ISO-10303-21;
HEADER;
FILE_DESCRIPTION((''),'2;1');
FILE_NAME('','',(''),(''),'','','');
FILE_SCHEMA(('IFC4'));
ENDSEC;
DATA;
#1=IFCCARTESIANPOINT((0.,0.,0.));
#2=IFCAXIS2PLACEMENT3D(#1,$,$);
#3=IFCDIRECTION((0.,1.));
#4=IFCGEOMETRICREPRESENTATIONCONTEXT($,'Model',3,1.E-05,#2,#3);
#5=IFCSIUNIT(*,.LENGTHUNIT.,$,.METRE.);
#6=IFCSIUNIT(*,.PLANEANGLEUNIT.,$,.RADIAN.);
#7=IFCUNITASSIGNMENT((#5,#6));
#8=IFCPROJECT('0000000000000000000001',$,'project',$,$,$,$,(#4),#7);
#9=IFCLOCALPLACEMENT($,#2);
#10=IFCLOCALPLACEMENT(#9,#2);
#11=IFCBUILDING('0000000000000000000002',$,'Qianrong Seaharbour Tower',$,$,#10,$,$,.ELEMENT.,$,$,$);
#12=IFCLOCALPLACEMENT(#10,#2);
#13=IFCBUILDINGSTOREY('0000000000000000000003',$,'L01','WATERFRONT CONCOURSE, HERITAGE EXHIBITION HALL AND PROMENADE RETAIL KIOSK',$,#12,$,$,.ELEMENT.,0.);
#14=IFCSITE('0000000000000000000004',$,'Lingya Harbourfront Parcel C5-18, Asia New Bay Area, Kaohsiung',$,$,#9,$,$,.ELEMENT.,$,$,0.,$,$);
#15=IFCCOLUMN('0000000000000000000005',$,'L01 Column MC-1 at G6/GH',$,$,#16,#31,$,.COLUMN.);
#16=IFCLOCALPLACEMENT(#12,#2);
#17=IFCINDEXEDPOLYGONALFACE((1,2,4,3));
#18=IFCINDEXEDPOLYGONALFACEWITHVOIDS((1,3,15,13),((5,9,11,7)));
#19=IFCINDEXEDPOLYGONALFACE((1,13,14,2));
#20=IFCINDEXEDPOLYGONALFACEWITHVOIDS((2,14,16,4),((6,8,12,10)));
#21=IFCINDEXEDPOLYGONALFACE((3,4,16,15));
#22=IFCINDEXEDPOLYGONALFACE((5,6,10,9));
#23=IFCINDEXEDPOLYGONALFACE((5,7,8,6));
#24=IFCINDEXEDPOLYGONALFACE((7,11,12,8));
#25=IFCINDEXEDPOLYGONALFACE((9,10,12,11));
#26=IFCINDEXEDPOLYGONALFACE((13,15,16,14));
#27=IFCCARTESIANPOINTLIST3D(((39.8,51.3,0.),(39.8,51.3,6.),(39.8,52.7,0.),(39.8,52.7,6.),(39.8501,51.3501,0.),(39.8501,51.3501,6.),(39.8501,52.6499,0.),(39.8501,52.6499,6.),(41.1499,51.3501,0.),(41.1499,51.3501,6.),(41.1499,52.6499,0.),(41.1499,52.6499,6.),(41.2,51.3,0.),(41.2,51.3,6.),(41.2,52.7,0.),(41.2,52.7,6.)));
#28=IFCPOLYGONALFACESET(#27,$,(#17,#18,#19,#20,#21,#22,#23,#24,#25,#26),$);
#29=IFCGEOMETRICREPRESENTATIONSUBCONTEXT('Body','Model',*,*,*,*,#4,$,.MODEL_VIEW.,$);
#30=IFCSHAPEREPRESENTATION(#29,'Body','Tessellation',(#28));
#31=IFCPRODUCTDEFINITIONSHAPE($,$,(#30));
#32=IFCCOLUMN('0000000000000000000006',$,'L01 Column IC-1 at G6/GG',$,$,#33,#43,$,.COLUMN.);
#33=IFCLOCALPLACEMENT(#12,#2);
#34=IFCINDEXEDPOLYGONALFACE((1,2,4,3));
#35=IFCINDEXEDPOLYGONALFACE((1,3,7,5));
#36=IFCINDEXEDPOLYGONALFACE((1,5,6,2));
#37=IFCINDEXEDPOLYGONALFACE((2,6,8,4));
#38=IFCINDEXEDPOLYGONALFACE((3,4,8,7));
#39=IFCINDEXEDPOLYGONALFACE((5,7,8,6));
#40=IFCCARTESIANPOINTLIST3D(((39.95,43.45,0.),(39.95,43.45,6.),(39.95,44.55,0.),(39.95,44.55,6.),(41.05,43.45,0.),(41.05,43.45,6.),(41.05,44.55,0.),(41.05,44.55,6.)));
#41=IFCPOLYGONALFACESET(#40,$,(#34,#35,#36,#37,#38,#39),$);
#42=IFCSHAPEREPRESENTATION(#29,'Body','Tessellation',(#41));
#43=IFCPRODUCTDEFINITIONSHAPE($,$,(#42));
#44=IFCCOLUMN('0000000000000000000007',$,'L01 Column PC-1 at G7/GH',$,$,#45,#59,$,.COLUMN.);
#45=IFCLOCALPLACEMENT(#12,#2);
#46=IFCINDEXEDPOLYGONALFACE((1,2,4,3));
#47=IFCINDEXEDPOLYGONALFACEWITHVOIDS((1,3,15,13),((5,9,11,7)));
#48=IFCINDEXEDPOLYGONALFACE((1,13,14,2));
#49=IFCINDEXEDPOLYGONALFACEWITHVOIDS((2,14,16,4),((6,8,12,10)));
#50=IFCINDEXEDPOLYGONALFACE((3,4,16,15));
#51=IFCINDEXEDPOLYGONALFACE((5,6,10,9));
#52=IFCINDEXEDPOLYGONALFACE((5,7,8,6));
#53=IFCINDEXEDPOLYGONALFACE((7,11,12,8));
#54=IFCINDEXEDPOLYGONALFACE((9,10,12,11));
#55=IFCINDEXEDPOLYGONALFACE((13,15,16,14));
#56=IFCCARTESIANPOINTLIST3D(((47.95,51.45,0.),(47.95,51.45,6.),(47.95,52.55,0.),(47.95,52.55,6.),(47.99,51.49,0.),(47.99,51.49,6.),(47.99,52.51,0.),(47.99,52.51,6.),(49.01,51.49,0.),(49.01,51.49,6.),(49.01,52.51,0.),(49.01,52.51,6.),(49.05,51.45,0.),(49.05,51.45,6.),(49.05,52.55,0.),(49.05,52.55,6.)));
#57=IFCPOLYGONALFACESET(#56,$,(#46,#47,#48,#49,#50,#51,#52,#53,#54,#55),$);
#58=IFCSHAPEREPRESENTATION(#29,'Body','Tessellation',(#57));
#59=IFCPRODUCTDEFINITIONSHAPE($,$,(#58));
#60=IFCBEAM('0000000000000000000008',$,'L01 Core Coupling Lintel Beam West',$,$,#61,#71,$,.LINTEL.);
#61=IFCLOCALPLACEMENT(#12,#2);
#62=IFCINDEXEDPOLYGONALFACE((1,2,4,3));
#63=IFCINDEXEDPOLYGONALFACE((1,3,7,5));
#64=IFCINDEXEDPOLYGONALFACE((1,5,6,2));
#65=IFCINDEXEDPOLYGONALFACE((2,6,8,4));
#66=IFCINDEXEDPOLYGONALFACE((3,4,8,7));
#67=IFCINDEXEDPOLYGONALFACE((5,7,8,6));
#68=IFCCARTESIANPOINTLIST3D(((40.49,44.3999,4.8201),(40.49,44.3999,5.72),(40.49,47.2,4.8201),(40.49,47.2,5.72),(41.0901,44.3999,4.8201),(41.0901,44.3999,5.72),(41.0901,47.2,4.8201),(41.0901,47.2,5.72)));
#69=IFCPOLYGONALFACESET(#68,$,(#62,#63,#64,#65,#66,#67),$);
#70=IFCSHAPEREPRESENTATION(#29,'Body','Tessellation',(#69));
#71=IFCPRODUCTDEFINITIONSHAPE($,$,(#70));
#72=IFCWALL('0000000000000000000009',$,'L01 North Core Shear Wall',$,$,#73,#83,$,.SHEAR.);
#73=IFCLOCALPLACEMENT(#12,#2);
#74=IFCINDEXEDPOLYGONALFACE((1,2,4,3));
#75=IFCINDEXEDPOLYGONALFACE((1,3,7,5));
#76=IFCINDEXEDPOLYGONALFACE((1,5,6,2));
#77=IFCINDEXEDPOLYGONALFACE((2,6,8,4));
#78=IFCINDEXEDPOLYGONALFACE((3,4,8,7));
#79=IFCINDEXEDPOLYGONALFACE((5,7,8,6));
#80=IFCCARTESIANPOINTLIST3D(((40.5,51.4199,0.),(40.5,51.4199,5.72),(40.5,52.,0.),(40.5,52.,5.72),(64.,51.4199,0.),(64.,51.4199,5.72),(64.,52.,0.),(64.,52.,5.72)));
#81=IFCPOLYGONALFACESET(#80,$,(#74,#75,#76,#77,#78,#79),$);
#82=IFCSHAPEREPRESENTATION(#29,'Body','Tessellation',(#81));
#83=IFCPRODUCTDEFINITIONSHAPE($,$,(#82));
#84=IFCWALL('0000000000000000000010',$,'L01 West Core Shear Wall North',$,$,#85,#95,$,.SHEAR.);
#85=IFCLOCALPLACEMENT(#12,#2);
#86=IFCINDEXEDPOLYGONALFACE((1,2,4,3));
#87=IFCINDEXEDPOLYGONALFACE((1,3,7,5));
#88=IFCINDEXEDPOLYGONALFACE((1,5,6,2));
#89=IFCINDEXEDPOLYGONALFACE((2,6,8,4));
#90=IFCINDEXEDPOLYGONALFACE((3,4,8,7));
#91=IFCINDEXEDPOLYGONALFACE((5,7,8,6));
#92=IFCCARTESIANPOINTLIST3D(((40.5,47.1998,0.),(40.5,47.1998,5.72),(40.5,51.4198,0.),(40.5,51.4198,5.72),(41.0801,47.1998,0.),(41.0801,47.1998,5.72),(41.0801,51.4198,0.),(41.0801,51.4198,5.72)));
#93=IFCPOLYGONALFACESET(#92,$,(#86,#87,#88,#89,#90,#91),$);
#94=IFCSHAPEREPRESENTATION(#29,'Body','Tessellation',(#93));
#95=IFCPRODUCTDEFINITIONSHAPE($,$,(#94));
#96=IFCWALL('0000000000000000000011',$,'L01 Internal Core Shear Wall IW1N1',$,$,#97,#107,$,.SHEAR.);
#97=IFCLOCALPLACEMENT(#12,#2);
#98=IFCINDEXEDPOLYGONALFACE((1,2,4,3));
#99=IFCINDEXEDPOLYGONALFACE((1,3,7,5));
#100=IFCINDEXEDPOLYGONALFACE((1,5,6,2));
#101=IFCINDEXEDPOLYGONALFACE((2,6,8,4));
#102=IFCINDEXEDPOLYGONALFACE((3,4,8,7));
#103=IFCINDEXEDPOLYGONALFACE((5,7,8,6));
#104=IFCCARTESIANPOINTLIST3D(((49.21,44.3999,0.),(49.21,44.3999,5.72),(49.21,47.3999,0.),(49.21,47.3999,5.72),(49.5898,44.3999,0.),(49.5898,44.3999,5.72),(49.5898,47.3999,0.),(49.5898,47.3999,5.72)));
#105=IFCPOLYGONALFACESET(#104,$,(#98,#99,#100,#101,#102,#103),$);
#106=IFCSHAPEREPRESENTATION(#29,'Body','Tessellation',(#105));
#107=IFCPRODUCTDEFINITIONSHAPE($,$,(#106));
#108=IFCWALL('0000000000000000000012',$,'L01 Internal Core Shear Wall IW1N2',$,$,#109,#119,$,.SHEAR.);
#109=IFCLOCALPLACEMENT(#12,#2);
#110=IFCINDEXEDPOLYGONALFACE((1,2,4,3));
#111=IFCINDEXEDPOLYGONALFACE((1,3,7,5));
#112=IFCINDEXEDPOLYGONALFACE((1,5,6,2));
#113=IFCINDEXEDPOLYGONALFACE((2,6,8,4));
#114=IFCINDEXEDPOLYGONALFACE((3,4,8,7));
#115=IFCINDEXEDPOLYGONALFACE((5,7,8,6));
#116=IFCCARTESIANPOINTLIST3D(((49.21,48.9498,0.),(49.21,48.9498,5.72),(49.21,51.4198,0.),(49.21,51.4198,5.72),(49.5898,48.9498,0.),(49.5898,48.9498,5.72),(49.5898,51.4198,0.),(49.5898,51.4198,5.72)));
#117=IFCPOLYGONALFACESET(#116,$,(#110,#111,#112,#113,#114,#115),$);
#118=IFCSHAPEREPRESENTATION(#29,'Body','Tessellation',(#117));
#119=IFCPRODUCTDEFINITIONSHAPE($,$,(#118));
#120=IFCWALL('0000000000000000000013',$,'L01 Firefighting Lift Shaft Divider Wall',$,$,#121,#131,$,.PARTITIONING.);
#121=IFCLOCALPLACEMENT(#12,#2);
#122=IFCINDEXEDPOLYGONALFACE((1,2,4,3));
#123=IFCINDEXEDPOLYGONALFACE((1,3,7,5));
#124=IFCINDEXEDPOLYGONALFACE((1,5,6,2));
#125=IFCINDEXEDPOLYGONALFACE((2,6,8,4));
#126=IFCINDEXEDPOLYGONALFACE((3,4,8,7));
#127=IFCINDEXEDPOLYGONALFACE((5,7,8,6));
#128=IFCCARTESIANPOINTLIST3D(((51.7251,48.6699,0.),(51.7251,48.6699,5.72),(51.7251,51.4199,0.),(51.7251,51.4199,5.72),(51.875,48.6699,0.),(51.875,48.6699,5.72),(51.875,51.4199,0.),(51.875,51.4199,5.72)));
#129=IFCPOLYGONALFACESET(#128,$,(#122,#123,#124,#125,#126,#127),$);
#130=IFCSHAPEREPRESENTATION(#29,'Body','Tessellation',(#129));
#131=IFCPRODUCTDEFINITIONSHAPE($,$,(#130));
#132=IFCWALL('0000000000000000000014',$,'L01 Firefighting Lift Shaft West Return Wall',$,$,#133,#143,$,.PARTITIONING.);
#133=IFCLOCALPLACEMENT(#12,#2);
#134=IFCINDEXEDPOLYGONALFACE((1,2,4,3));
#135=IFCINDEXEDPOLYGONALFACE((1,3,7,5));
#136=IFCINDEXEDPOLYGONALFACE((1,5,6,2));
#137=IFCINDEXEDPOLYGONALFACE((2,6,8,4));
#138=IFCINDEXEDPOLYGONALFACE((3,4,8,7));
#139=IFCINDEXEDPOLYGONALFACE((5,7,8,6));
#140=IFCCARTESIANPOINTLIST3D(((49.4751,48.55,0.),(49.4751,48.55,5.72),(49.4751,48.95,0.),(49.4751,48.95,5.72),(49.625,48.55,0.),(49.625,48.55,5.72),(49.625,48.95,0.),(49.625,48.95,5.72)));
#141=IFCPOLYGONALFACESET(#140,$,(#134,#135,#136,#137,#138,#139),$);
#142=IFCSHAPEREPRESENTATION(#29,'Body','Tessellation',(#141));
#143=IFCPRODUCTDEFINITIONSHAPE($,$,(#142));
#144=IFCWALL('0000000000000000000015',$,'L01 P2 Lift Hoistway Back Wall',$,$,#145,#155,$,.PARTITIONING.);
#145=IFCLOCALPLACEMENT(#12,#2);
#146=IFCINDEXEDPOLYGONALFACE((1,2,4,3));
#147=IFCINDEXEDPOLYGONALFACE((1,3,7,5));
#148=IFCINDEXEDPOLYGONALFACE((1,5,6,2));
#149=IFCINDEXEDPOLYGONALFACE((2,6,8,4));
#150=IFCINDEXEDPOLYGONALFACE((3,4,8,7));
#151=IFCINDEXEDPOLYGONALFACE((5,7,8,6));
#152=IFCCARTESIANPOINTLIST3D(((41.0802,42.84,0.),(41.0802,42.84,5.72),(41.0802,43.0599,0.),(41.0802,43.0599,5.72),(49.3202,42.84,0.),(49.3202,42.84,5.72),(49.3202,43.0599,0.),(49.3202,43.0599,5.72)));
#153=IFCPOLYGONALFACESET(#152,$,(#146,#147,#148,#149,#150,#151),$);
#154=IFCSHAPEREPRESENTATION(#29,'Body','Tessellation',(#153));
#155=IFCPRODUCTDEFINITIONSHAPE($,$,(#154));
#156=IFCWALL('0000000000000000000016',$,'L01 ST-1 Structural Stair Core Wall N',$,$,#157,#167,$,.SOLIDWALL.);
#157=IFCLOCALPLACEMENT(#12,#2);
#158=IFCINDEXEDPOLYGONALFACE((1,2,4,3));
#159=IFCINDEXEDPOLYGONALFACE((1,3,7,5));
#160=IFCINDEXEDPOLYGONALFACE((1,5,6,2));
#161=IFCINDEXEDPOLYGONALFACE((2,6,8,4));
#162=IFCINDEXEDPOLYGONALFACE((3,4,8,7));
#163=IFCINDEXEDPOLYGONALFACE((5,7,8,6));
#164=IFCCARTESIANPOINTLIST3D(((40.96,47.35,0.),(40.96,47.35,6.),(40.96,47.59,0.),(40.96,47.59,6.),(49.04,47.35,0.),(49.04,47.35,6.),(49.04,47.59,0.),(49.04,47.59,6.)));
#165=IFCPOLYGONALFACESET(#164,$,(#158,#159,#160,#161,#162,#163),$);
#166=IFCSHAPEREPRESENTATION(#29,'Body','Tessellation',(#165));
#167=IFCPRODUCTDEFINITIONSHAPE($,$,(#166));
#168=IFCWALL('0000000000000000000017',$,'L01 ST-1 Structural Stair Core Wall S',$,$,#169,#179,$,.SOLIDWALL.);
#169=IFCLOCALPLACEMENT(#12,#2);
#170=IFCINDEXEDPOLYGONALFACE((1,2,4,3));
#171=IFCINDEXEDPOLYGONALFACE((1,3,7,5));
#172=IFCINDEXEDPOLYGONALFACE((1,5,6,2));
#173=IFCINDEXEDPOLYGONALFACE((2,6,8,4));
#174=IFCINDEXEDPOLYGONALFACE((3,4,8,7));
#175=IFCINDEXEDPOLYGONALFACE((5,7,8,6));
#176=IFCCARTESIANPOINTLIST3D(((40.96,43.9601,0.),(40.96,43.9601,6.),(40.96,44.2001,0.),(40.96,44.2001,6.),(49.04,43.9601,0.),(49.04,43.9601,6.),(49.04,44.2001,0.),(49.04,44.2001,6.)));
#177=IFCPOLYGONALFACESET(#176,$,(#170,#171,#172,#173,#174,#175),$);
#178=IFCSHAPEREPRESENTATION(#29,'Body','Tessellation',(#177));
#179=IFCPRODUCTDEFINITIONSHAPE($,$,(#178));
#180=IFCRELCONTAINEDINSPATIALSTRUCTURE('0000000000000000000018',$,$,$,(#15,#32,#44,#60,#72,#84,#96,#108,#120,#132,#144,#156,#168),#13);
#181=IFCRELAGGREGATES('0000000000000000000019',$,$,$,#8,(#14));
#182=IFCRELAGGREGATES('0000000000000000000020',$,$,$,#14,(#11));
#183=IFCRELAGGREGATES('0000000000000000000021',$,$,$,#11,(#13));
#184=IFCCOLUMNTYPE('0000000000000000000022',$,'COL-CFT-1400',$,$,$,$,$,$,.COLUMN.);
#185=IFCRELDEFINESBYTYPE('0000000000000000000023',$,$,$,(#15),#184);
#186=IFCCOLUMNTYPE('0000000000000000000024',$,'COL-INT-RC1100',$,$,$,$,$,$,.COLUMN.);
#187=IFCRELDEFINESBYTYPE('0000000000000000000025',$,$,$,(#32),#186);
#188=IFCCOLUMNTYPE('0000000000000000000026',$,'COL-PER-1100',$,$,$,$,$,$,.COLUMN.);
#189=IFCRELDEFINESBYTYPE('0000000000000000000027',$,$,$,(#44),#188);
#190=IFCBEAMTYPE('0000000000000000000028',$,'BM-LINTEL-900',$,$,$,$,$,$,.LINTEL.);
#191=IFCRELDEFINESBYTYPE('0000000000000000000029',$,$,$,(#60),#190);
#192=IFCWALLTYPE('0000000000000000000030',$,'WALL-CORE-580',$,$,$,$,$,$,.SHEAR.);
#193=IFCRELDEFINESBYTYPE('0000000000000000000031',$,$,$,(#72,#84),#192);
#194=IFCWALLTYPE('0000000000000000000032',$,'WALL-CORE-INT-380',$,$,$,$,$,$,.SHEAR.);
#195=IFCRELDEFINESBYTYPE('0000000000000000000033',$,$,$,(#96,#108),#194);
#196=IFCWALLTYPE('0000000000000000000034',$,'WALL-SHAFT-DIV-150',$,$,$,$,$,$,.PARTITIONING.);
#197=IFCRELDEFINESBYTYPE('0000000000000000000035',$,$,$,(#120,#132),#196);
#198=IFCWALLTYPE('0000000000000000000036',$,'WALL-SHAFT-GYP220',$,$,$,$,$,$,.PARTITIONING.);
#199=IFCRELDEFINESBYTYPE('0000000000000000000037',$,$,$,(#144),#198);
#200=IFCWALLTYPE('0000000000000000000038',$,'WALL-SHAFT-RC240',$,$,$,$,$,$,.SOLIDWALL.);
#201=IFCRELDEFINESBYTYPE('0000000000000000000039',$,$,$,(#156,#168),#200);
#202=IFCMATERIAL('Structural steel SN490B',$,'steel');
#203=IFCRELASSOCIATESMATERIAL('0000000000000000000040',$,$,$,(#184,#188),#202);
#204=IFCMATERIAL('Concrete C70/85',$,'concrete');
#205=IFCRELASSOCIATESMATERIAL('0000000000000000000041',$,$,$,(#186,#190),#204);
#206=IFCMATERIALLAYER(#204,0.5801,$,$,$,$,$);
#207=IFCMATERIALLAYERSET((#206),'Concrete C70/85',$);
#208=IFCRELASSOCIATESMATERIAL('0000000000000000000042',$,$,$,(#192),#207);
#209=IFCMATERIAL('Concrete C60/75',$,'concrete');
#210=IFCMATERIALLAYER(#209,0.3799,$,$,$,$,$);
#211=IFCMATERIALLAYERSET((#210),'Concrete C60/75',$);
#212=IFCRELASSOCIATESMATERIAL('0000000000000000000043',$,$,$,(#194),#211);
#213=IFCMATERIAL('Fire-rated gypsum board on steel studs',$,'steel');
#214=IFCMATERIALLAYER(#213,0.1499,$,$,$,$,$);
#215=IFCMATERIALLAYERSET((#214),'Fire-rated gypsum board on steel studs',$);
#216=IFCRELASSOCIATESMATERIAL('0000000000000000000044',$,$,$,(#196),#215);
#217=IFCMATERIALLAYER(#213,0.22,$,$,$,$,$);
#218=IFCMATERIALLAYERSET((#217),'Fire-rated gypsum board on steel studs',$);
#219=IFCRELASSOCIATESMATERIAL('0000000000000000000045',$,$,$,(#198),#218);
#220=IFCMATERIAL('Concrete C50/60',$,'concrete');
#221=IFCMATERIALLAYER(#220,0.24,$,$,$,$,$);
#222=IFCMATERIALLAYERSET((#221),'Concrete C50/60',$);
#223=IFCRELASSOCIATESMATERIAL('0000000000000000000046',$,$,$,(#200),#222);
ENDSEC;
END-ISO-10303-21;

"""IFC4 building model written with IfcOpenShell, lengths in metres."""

from ifc_helpers import new_model, si_unit, direction, frame, frame_2d, origin, origin_2d, place, context, subcontext, project, spatial, rectangle, hollow_rectangle, extrude, material, layer, layer_set, material_profile, profile_set, type_object, element, save


model = new_model("IFC4")

# Units and contexts
model_context = context("Model", 3, precision=1e-05, world=origin(), true_north=direction((0.0, 1.0)))
body_context = subcontext(model_context, "Body", "Model", "MODEL_VIEW")
ifc_project = project(units=[si_unit("LENGTHUNIT", "METRE"), si_unit("PLANEANGLEUNIT", "RADIAN")], contexts=[model_context])

# Site, building, storey
site_placement = place(None, origin())
site = spatial("IfcSite", under=ifc_project, at=site_placement, Name="Lingya Harbourfront Parcel C5-18, Asia New Bay Area, Kaohsiung", CompositionType="ELEMENT", RefElevation=0.0)
building_placement = place(site_placement, origin())
building = spatial("IfcBuilding", under=site, at=building_placement, Name="Qianrong Seaharbour Tower", CompositionType="ELEMENT")
storey_placement = place(building_placement, origin())
storey = spatial("IfcBuildingStorey", under=building, at=storey_placement, Name="L01", Description="WATERFRONT CONCOURSE, HERITAGE EXHIBITION HALL AND PROMENADE RETAIL KIOSK", CompositionType="ELEMENT", Elevation=0.0)

# Columns
ifc_material_1 = material(Name="Structural steel SN490B", Category="steel")
ifc_material_profile_1 = material_profile(ifc_material_1, hollow_rectangle(XDim=1.3999, YDim=1.3999, WallThickness=0.05, at=origin_2d()), Name="BOX1400x1400x50")
ifc_profile_set_1 = profile_set([ifc_material_profile_1], Name="Structural steel SN490B")
column_type_1 = type_object("IfcColumnType", Name="COL-CFT-1400", PredefinedType="COLUMN", material=ifc_profile_set_1)
column_1_placement = place(storey_placement, frame((40.5, 52.0, 0.0), z_axis=(0.0, 0.0, 1.0), x_axis=(1.0, 0.0, 0.0)))
element("IfcColumn", 1, at=column_1_placement, inside=storey, type_object=column_type_1, Name="L01 Column MC-1 at G6/GH", PredefinedType="COLUMN", context=body_context, shape_type="SweptSolid", body=[
    extrude(hollow_rectangle(XDim=1.3999, YDim=1.3999, WallThickness=0.05, at=origin_2d()), origin(), (0.0, 0.0, 1.0), 6.0),
])
ifc_material_2 = material(Name="Concrete C70/85", Category="concrete")
ifc_material_profile_2 = material_profile(ifc_material_2, rectangle(XDim=1.1001, YDim=1.1001, at=origin_2d()), Name="RC1100x1100")
ifc_profile_set_2 = profile_set([ifc_material_profile_2], Name="Concrete C70/85")
column_type_2 = type_object("IfcColumnType", Name="COL-INT-RC1100", PredefinedType="COLUMN", material=ifc_profile_set_2)
column_2_placement = place(storey_placement, frame((40.5, 44.0, 0.0), z_axis=(0.0, 0.0, 1.0), x_axis=(1.0, 0.0, 0.0)))
element("IfcColumn", 2, at=column_2_placement, inside=storey, type_object=column_type_2, Name="L01 Column IC-1 at G6/GG", PredefinedType="COLUMN", context=body_context, shape_type="SweptSolid", body=[
    extrude(rectangle(XDim=1.1001, YDim=1.1001, at=origin_2d()), origin(), (0.0, 0.0, 1.0), 6.0),
])
ifc_material_profile_3 = material_profile(ifc_material_1, hollow_rectangle(XDim=1.1001, YDim=1.1001, WallThickness=0.04, at=origin_2d()), Name="BOX1100x1100x40")
ifc_profile_set_3 = profile_set([ifc_material_profile_3], Name="Structural steel SN490B")
column_type_3 = type_object("IfcColumnType", Name="COL-PER-1100", PredefinedType="COLUMN", material=ifc_profile_set_3)
column_3_placement = place(storey_placement, frame((48.5, 52.0, 0.0), z_axis=(0.0, 0.0, 1.0), x_axis=(1.0, 0.0, 0.0)))
element("IfcColumn", 3, at=column_3_placement, inside=storey, type_object=column_type_3, Name="L01 Column PC-1 at G7/GH", PredefinedType="COLUMN", context=body_context, shape_type="SweptSolid", body=[
    extrude(hollow_rectangle(XDim=1.1001, YDim=1.1001, WallThickness=0.04, at=origin_2d()), origin(), (0.0, 0.0, 1.0), 6.0),
])

# Beam
ifc_material_profile_4 = material_profile(ifc_material_2, rectangle(XDim=0.6001, YDim=0.8999, at=origin_2d()), Name="RC600x900")
ifc_profile_set_4 = profile_set([ifc_material_profile_4], Name="Concrete C70/85")
beam_type = type_object("IfcBeamType", Name="BM-LINTEL-900", PredefinedType="LINTEL", material=ifc_profile_set_4)
beam_placement = place(storey_placement, frame((40.79, 44.3999, 5.27), z_axis=(0.0, 1.0, 0.0), x_axis=(-1.0, 0.0, 0.0)))
element("IfcBeam", 4, at=beam_placement, inside=storey, type_object=beam_type, Name="L01 Core Coupling Lintel Beam West", PredefinedType="LINTEL", context=body_context, shape_type="SweptSolid", body=[
    extrude(rectangle(XDim=0.6001, YDim=0.8999, at=origin_2d()), origin(), (0.0, 0.0, 1.0), 2.8),
])

# Walls
ifc_layer_1 = layer(ifc_material_2, 0.5801)
ifc_layer_set_1 = layer_set([ifc_layer_1], Name="Concrete C70/85")
wall_type_1 = type_object("IfcWallType", Name="WALL-CORE-580", PredefinedType="SHEAR", material=ifc_layer_set_1)
wall_1_placement = place(storey_placement, frame((40.5, 51.71, 0.0), z_axis=(0.0, 0.0, 1.0), x_axis=(1.0, 0.0, 0.0)))
element("IfcWall", 5, at=wall_1_placement, inside=storey, type_object=wall_type_1, Name="L01 North Core Shear Wall", PredefinedType="SHEAR", context=body_context, shape_type="SweptSolid", body=[
    extrude(rectangle(XDim=23.5, YDim=0.5801, at=frame_2d((11.75, 0.0))), origin(), (0.0, 0.0, 1.0), 5.72),
])
wall_2_placement = place(storey_placement, frame((40.79, 47.2, 0.0), z_axis=(0.0, 0.0, 1.0), x_axis=(0.0, 1.0, 0.0)))
element("IfcWall", 6, at=wall_2_placement, inside=storey, type_object=wall_type_1, Name="L01 West Core Shear Wall North", PredefinedType="SHEAR", context=body_context, shape_type="SweptSolid", body=[
    extrude(rectangle(XDim=4.22, YDim=0.5801, at=frame_2d((2.1099, 0.0))), origin(), (0.0, 0.0, 1.0), 5.72),
])
ifc_material_3 = material(Name="Concrete C60/75", Category="concrete")
ifc_layer_2 = layer(ifc_material_3, 0.3799)
ifc_layer_set_2 = layer_set([ifc_layer_2], Name="Concrete C60/75")
wall_type_2 = type_object("IfcWallType", Name="WALL-CORE-INT-380", PredefinedType="SHEAR", material=ifc_layer_set_2)
wall_3_placement = place(storey_placement, frame((49.3999, 44.3999, 0.0), z_axis=(0.0, 0.0, 1.0), x_axis=(0.0, 1.0, 0.0)))
element("IfcWall", 7, at=wall_3_placement, inside=storey, type_object=wall_type_2, Name="L01 Internal Core Shear Wall IW1N1", PredefinedType="SHEAR", context=body_context, shape_type="SweptSolid", body=[
    extrude(rectangle(XDim=3.0, YDim=0.3799, at=frame_2d((1.5, 0.0))), origin(), (0.0, 0.0, 1.0), 5.72),
])
wall_4_placement = place(storey_placement, frame((49.3999, 48.95, 0.0), z_axis=(0.0, 0.0, 1.0), x_axis=(0.0, 1.0, 0.0)))
element("IfcWall", 8, at=wall_4_placement, inside=storey, type_object=wall_type_2, Name="L01 Internal Core Shear Wall IW1N2", PredefinedType="SHEAR", context=body_context, shape_type="SweptSolid", body=[
    extrude(rectangle(XDim=2.47, YDim=0.3799, at=frame_2d((1.2349, 0.0))), origin(), (0.0, 0.0, 1.0), 5.72),
])

# Walls
ifc_material_4 = material(Name="Fire-rated gypsum board on steel studs", Category="steel")
ifc_layer_3 = layer(ifc_material_4, 0.1499)
ifc_layer_set_3 = layer_set([ifc_layer_3], Name="Fire-rated gypsum board on steel studs")
wall_type_3 = type_object("IfcWallType", Name="WALL-SHAFT-DIV-150", PredefinedType="PARTITIONING", material=ifc_layer_set_3)
wall_5_placement = place(storey_placement, frame((51.8, 48.6699, 0.0), z_axis=(0.0, 0.0, 1.0), x_axis=(0.0, 1.0, 0.0)))
element("IfcWall", 9, at=wall_5_placement, inside=storey, type_object=wall_type_3, Name="L01 Firefighting Lift Shaft Divider Wall", PredefinedType="PARTITIONING", context=body_context, shape_type="SweptSolid", body=[
    extrude(rectangle(XDim=2.75, YDim=0.1499, at=frame_2d((1.375, 0.0))), origin(), (0.0, 0.0, 1.0), 5.72),
])
wall_6_placement = place(storey_placement, frame((49.55, 48.55, 0.0), z_axis=(0.0, 0.0, 1.0), x_axis=(0.0, 1.0, 0.0)))
element("IfcWall", 10, at=wall_6_placement, inside=storey, type_object=wall_type_3, Name="L01 Firefighting Lift Shaft West Return Wall", PredefinedType="PARTITIONING", context=body_context, shape_type="SweptSolid", body=[
    extrude(rectangle(XDim=0.3999, YDim=0.1499, at=frame_2d((0.2, 0.0))), origin(), (0.0, 0.0, 1.0), 5.72),
])
ifc_layer_4 = layer(ifc_material_4, 0.22)
ifc_layer_set_4 = layer_set([ifc_layer_4], Name="Fire-rated gypsum board on steel studs")
wall_type_4 = type_object("IfcWallType", Name="WALL-SHAFT-GYP220", PredefinedType="PARTITIONING", material=ifc_layer_set_4)
wall_7_placement = place(storey_placement, frame((41.0801, 42.95, 0.0), z_axis=(0.0, 0.0, 1.0), x_axis=(1.0, 0.0, 0.0)))
element("IfcWall", 11, at=wall_7_placement, inside=storey, type_object=wall_type_4, Name="L01 P2 Lift Hoistway Back Wall", PredefinedType="PARTITIONING", context=body_context, shape_type="SweptSolid", body=[
    extrude(rectangle(XDim=8.24, YDim=0.22, at=frame_2d((4.1201, 0.0))), origin(), (0.0, 0.0, 1.0), 5.72),
])
ifc_material_5 = material(Name="Concrete C50/60", Category="concrete")
ifc_layer_5 = layer(ifc_material_5, 0.24)
ifc_layer_set_5 = layer_set([ifc_layer_5], Name="Concrete C50/60")
wall_type_5 = type_object("IfcWallType", Name="WALL-SHAFT-RC240", PredefinedType="SOLIDWALL", material=ifc_layer_set_5)
for number, where, z_axis, x_axis, name in (
    (12, (40.96, 47.47, 0.0), (0.0, 0.0, 1.0), (1.0, 0.0, 0.0), "L01 ST-1 Structural Stair Core Wall N"),
    (13, (49.04, 44.0801, 0.0), (0.0, 0.0, 1.0), (-1.0, 0.0, 0.0), "L01 ST-1 Structural Stair Core Wall S"),
):
    element("IfcWall", number, at=place(storey_placement, frame(where, z_axis=z_axis, x_axis=x_axis)), inside=storey, type_object=wall_type_5, Name=name, PredefinedType="SOLIDWALL", context=body_context, shape_type="SweptSolid", body=[
        extrude(rectangle(XDim=8.0801, YDim=0.24, at=frame_2d((4.04, 0.0))), origin(), (0.0, 0.0, 1.0), 6.0),
    ])

save(model, "model.ifc")
